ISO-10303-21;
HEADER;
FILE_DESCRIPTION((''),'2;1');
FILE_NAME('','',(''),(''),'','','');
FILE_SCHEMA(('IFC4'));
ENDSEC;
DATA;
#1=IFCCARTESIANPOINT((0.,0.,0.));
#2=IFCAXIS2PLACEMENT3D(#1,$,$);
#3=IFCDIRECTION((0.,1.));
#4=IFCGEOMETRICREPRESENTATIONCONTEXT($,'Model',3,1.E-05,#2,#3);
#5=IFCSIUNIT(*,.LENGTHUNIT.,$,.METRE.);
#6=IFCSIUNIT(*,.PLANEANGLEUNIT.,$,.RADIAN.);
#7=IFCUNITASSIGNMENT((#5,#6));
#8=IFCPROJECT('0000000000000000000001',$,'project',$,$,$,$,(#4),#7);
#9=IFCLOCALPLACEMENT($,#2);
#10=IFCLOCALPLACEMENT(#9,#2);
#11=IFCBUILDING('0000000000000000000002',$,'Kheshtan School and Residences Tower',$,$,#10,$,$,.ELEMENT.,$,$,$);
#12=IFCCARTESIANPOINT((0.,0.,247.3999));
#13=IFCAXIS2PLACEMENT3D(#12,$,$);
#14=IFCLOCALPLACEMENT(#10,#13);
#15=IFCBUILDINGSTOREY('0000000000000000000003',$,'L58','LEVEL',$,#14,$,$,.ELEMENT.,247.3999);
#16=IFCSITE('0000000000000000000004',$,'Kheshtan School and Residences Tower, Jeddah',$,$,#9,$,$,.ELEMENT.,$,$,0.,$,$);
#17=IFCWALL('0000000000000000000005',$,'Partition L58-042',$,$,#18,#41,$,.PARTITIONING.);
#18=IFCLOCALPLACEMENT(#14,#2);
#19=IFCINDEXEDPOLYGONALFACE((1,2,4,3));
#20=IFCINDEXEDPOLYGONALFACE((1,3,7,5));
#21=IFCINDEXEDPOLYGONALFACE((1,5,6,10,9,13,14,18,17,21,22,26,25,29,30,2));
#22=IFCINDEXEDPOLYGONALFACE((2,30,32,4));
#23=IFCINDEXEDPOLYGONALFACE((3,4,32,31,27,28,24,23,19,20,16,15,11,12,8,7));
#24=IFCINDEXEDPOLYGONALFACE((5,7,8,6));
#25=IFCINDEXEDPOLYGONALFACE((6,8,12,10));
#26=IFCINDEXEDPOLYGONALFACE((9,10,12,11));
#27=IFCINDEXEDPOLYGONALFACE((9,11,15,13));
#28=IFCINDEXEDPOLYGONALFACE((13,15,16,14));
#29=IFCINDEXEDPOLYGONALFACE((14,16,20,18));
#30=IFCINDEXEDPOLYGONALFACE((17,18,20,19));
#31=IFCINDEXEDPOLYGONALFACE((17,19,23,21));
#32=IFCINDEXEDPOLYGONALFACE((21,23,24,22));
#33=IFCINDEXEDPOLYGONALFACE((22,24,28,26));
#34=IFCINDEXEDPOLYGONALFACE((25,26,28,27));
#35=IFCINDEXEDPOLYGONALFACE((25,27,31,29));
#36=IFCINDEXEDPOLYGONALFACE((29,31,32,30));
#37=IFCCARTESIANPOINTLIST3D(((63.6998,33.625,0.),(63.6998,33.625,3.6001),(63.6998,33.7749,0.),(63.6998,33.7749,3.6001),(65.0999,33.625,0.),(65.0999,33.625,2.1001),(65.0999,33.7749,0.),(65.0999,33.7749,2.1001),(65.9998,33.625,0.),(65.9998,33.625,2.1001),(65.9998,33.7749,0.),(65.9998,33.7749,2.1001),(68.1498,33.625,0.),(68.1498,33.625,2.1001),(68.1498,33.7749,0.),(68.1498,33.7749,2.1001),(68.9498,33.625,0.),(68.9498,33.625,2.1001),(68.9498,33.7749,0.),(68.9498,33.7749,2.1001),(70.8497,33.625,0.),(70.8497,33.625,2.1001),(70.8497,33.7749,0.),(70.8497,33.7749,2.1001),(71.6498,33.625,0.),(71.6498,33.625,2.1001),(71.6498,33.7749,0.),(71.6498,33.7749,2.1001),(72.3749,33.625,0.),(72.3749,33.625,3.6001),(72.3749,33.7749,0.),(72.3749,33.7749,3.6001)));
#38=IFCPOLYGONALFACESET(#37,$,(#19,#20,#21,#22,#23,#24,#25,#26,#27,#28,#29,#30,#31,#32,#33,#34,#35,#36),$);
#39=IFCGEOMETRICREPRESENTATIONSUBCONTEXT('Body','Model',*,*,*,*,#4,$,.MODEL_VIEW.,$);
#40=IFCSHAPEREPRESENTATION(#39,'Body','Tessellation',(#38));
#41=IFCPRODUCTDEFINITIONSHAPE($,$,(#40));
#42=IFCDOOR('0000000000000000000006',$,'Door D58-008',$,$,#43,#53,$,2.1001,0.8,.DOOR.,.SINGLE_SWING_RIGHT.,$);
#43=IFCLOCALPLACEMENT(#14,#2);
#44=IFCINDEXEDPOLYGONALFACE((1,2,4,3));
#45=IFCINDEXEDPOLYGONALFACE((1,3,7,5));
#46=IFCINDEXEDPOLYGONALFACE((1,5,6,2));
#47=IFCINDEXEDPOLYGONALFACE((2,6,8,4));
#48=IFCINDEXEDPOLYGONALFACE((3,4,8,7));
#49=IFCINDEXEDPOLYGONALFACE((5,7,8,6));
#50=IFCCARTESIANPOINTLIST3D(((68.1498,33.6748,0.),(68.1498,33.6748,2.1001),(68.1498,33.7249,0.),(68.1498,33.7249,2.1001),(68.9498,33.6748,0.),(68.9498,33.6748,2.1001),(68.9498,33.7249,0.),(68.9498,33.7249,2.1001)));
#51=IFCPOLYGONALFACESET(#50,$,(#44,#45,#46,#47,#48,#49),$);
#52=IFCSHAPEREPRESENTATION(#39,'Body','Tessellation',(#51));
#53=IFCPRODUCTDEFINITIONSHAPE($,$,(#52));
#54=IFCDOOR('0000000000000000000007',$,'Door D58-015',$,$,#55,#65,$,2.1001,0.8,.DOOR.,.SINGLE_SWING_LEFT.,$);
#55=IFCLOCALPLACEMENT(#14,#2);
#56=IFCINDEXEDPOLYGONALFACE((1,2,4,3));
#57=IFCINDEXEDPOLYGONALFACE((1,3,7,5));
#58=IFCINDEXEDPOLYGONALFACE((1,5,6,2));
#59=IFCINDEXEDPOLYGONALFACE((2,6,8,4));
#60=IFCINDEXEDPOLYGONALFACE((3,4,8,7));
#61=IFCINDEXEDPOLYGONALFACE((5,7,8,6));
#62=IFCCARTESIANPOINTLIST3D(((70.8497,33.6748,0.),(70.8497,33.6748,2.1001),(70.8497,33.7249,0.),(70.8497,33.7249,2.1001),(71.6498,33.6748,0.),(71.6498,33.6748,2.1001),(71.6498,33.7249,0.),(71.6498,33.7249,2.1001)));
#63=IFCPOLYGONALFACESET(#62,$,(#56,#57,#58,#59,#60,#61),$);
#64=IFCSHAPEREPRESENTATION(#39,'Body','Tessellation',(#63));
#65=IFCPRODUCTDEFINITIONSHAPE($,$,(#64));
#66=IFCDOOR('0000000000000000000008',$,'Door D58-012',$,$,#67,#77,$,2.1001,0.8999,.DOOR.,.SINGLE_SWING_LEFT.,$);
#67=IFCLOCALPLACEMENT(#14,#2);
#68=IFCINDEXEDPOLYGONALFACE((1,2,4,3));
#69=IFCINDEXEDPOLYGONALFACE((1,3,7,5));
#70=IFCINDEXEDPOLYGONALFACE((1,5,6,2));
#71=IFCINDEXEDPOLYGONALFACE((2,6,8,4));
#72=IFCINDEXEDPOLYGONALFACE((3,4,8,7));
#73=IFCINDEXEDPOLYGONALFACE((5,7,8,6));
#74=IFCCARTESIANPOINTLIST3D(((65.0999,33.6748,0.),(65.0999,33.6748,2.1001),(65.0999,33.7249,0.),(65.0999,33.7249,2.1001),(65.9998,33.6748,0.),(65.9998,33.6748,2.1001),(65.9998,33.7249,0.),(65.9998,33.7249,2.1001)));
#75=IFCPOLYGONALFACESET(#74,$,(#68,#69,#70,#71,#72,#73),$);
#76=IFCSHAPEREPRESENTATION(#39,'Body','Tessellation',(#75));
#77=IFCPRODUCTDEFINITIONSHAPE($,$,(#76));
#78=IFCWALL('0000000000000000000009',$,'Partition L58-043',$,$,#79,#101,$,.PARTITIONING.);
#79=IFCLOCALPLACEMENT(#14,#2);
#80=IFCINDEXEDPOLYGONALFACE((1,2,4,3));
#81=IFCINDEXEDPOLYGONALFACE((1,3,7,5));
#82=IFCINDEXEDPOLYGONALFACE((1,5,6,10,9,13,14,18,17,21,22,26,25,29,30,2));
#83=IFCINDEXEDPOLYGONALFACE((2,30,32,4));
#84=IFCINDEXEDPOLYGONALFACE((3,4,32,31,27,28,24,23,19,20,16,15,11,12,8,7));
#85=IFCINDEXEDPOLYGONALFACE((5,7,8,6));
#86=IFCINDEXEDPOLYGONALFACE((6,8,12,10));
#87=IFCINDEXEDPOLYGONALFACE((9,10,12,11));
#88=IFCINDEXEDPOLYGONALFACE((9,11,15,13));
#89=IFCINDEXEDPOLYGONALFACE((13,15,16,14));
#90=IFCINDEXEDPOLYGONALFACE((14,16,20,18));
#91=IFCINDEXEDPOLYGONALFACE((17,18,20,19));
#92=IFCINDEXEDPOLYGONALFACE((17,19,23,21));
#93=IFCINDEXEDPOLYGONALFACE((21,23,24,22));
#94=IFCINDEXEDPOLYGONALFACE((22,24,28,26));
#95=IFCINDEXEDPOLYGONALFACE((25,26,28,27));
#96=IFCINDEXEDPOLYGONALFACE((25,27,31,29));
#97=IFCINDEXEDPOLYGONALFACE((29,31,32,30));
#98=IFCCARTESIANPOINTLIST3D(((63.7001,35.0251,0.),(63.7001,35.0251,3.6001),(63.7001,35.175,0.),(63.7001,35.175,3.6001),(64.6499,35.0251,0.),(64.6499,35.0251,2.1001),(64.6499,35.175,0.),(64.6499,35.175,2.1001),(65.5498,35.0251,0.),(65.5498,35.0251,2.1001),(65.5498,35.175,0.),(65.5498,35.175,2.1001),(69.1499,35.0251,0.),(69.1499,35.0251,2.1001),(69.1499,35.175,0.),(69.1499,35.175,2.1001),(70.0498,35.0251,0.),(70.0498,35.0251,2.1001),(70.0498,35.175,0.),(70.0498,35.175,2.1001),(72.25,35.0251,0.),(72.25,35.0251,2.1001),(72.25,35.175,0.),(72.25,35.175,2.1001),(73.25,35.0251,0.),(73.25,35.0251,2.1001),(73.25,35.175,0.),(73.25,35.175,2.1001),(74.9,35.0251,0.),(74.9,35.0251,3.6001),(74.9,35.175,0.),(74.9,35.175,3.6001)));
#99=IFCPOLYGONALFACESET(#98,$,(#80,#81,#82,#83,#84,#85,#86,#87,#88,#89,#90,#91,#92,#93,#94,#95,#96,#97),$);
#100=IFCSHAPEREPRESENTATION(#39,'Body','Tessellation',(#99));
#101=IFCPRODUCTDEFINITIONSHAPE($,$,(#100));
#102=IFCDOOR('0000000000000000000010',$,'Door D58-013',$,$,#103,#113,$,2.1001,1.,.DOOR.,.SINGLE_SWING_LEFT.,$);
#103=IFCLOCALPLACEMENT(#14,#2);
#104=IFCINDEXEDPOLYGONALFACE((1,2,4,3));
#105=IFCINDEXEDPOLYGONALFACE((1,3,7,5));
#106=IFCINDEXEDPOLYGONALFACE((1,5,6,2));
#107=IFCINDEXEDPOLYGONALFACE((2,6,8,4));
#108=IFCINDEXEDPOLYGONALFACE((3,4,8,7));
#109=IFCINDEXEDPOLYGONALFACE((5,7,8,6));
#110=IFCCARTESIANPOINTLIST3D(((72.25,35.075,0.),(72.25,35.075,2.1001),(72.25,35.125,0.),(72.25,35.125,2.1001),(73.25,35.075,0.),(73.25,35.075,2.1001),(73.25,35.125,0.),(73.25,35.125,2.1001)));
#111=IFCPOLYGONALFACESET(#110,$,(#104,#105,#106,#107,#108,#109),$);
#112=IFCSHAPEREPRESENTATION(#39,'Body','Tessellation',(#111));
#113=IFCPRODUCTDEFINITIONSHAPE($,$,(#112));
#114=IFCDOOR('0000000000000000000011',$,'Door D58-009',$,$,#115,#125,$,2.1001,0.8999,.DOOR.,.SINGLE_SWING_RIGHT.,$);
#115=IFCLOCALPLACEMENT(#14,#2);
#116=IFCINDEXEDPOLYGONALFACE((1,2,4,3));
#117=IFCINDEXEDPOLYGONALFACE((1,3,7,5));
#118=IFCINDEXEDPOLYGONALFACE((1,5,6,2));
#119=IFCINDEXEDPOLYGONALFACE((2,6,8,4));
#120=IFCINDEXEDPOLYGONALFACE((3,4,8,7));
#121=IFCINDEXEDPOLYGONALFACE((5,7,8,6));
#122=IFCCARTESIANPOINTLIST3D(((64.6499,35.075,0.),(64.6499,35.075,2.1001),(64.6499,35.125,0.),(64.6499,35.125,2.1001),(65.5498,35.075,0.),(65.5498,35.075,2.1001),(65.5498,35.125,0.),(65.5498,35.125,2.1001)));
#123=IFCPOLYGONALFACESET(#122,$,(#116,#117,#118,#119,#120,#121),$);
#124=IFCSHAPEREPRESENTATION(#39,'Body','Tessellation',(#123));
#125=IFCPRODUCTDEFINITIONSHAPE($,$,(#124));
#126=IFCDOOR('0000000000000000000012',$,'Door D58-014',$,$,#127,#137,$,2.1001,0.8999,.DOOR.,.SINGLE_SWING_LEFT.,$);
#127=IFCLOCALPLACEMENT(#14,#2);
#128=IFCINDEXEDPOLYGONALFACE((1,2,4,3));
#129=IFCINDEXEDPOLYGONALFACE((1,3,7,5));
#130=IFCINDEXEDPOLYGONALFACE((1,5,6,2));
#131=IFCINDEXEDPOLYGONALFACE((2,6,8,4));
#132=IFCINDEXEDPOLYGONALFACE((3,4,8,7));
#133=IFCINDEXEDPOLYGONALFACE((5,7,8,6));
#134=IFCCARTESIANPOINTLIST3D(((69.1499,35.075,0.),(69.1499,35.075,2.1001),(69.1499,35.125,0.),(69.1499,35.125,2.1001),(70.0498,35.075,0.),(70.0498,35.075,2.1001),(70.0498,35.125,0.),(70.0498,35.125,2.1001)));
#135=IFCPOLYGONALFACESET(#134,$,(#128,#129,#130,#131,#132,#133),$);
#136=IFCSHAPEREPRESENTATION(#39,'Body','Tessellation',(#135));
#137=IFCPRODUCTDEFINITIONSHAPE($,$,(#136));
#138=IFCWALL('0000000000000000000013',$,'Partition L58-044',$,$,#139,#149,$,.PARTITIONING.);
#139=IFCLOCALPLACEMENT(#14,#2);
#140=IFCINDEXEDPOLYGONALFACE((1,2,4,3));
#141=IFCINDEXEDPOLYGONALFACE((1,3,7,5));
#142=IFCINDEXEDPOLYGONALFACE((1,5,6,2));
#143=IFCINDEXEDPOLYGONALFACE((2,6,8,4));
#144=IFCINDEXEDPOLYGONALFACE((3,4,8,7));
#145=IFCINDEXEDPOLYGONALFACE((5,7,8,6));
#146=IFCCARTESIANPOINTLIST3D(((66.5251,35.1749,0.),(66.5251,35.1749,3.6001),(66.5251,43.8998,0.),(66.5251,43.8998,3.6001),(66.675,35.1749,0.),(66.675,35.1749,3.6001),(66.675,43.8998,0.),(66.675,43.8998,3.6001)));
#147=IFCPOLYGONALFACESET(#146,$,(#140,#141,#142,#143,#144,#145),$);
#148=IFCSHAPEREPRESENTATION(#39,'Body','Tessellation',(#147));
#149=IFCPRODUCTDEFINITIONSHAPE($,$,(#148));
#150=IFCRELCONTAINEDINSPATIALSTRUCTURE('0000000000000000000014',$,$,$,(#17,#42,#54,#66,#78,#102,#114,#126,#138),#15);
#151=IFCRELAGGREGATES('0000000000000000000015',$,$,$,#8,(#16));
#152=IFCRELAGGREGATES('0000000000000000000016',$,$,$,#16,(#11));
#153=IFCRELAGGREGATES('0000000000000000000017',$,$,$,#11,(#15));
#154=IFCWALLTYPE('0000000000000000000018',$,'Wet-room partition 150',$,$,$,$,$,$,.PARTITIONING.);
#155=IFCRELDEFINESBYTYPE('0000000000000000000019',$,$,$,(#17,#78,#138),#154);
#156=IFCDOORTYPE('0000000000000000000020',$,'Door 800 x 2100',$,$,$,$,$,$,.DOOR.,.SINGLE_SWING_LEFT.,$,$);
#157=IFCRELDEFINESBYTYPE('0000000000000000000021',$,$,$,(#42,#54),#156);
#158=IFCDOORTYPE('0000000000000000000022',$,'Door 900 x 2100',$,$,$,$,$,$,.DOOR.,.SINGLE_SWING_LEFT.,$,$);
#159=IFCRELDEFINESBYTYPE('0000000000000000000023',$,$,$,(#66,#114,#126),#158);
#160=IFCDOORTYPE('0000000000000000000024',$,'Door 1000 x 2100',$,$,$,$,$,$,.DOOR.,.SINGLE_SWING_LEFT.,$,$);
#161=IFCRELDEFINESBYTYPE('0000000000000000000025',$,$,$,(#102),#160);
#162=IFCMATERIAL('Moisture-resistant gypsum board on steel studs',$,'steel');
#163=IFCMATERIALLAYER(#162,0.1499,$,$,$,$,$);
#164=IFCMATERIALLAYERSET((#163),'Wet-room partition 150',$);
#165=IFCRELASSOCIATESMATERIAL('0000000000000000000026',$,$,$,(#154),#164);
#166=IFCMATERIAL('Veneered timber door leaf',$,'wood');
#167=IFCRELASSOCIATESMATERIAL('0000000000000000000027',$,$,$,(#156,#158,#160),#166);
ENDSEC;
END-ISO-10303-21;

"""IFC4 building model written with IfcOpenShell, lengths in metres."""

from ifc_helpers import new_model, si_unit, direction, frame, frame_2d, origin, place, context, subcontext, project, spatial, rectangle, extrude, source, transform, mapped, material, layer, layer_set, type_object, element, fill, save


model = new_model("IFC4")

# Units and contexts
model_context = context("Model", 3, precision=1e-05, world=origin(), true_north=direction((0.0, 1.0)))
body_context = subcontext(model_context, "Body", "Model", "MODEL_VIEW")
ifc_project = project(units=[si_unit("LENGTHUNIT", "METRE"), si_unit("PLANEANGLEUNIT", "RADIAN")], contexts=[model_context])

# Site, building, storey
site_placement = place(None, origin())
site = spatial("IfcSite", under=ifc_project, at=site_placement, Name="Kheshtan School and Residences Tower, Jeddah", CompositionType="ELEMENT", RefElevation=0.0)
building_placement = place(site_placement, origin())
building = spatial("IfcBuilding", under=site, at=building_placement, Name="Kheshtan School and Residences Tower", CompositionType="ELEMENT")
storey_placement = place(building_placement, frame((0.0, 0.0, 247.3999)))
storey = spatial("IfcBuildingStorey", under=building, at=storey_placement, Name="L58", Description="LEVEL", CompositionType="ELEMENT", Elevation=247.3999)

# Walls, openings, doors
ifc_material_1 = material(Name="Moisture-resistant gypsum board on steel studs", Category="steel")
ifc_layer_1 = layer(ifc_material_1, 0.1499)
ifc_layer_set_1 = layer_set([ifc_layer_1], Name="Wet-room partition 150")
wall_type_1 = type_object("IfcWallType", Name="Wet-room partition 150", PredefinedType="PARTITIONING", material=ifc_layer_set_1)
wall_1_placement = place(storey_placement, frame((63.7, 33.7, 0.0), z_axis=(0.0, 0.0, 1.0), x_axis=(1.0, 0.0, 0.0)))
wall_1 = element("IfcWall", 1, at=wall_1_placement, inside=storey, type_object=wall_type_1, Name="Partition L58-042", PredefinedType="PARTITIONING", context=body_context, shape_type="SweptSolid", body=[
    extrude(rectangle(XDim=8.675, YDim=0.1499, at=frame_2d((4.3374, 0.0))), origin(), (0.0, 0.0, 1.0), 3.6001),
])
opening_1_placement = place(wall_1_placement, frame((4.45, 0.0, 0.0)))
opening_1 = element("IfcOpeningElement", 2, at=opening_1_placement, cuts=wall_1, PredefinedType="OPENING", context=body_context, shape_type="SweptSolid", body=[
    extrude(rectangle(XDim=0.8, YDim=2.1001, at=frame_2d((0.3999, 1.05))), frame((0.0, 0.085, 0.0), z_axis=(0.0, -1.0, 0.0), x_axis=(1.0, 0.0, 0.0)), (0.0, 0.0, 1.0), 0.1699),
])
opening_2_placement = place(wall_1_placement, frame((1.3999, 0.0, 0.0)))
opening_2 = element("IfcOpeningElement", 3, at=opening_2_placement, cuts=wall_1, PredefinedType="OPENING", context=body_context, shape_type="SweptSolid", body=[
    extrude(rectangle(XDim=0.8999, YDim=2.1001, at=frame_2d((0.45, 1.05))), frame((0.0, 0.085, 0.0), z_axis=(0.0, -1.0, 0.0), x_axis=(1.0, 0.0, 0.0)), (0.0, 0.0, 1.0), 0.1699),
])
opening_3_placement = place(wall_1_placement, frame((7.1499, 0.0, 0.0)))
opening_3 = element("IfcOpeningElement", 4, at=opening_3_placement, cuts=wall_1, PredefinedType="OPENING", context=body_context, shape_type="SweptSolid", body=[
    extrude(rectangle(XDim=0.8, YDim=2.1001, at=frame_2d((0.3999, 1.05))), frame((0.0, 0.085, 0.0), z_axis=(0.0, -1.0, 0.0), x_axis=(1.0, 0.0, 0.0)), (0.0, 0.0, 1.0), 0.1699),
])
ifc_material_2 = material(Name="Veneered timber door leaf", Category="wood")
door_type_1 = type_object("IfcDoorType", Name="Door 800 x 2100", OperationType="SINGLE_SWING_LEFT", PredefinedType="DOOR", material=ifc_material_2)
shared_shape_1 = source(origin(), body_context, "Body", "SweptSolid", [
    extrude(rectangle(XDim=0.8, YDim=2.1001, at=frame_2d((0.3999, 1.05))), frame((0.0, 0.0249, 0.0), z_axis=(0.0, -1.0, 0.0), x_axis=(1.0, 0.0, 0.0)), (0.0, 0.0, 1.0), 0.05),
])
door_1_placement = place(opening_1_placement, origin())
door_1 = element("IfcDoor", 5, at=door_1_placement, inside=storey, type_object=door_type_1, Name="Door D58-008", OperationType="SINGLE_SWING_RIGHT", OverallHeight=2.1001, OverallWidth=0.8, PredefinedType="DOOR", context=body_context, shape_type="MappedRepresentation", body=[
    mapped(shared_shape_1, transform((0.0, 0.0, 0.0), x_axis=(1.0, 0.0, 0.0), y_axis=(0.0, 1.0, 0.0), z_axis=(0.0, 0.0, 1.0), scale=1.0)),
])
fill(opening_1, door_1)
door_2_placement = place(opening_3_placement, origin())
door_2 = element("IfcDoor", 6, at=door_2_placement, inside=storey, type_object=door_type_1, Name="Door D58-015", OperationType="SINGLE_SWING_LEFT", OverallHeight=2.1001, OverallWidth=0.8, PredefinedType="DOOR", context=body_context, shape_type="MappedRepresentation", body=[
    mapped(shared_shape_1, transform((0.0, 0.0, 0.0), x_axis=(1.0, 0.0, 0.0), y_axis=(0.0, 1.0, 0.0), z_axis=(0.0, 0.0, 1.0), scale=1.0)),
])
fill(opening_3, door_2)
door_type_2 = type_object("IfcDoorType", Name="Door 900 x 2100", OperationType="SINGLE_SWING_LEFT", PredefinedType="DOOR", material=ifc_material_2)
shared_shape_2 = source(origin(), body_context, "Body", "SweptSolid", [
    extrude(rectangle(XDim=0.8999, YDim=2.1001, at=frame_2d((0.45, 1.05))), frame((0.0, 0.0249, 0.0), z_axis=(0.0, -1.0, 0.0), x_axis=(1.0, 0.0, 0.0)), (0.0, 0.0, 1.0), 0.05),
])
door_3_placement = place(opening_2_placement, origin())
door_3 = element("IfcDoor", 7, at=door_3_placement, inside=storey, type_object=door_type_2, Name="Door D58-012", OperationType="SINGLE_SWING_LEFT", OverallHeight=2.1001, OverallWidth=0.8999, PredefinedType="DOOR", context=body_context, shape_type="MappedRepresentation", body=[
    mapped(shared_shape_2, transform((0.0, 0.0, 0.0), x_axis=(1.0, 0.0, 0.0), y_axis=(0.0, 1.0, 0.0), z_axis=(0.0, 0.0, 1.0), scale=1.0)),
])
fill(opening_2, door_3)
wall_2_placement = place(storey_placement, frame((63.7, 35.1001, 0.0), z_axis=(0.0, 0.0, 1.0), x_axis=(1.0, 0.0, 0.0)))
wall_2 = element("IfcWall", 8, at=wall_2_placement, inside=storey, type_object=wall_type_1, Name="Partition L58-043", PredefinedType="PARTITIONING", context=body_context, shape_type="SweptSolid", body=[
    extrude(rectangle(XDim=11.2, YDim=0.1499, at=frame_2d((5.6001, 0.0))), origin(), (0.0, 0.0, 1.0), 3.6001),
])
opening_4_placement = place(wall_2_placement, frame((0.95, 0.0, 0.0)))
opening_4 = element("IfcOpeningElement", 9, at=opening_4_placement, cuts=wall_2, PredefinedType="OPENING", context=body_context, shape_type="SweptSolid", body=[
    extrude(rectangle(XDim=0.8999, YDim=2.1001, at=frame_2d((0.45, 1.05))), frame((0.0, 0.085, 0.0), z_axis=(0.0, -1.0, 0.0), x_axis=(1.0, 0.0, 0.0)), (0.0, 0.0, 1.0), 0.1699),
])
opening_5_placement = place(wall_2_placement, frame((8.55, 0.0, 0.0)))
opening_5 = element("IfcOpeningElement", 10, at=opening_5_placement, cuts=wall_2, PredefinedType="OPENING", context=body_context, shape_type="SweptSolid", body=[
    extrude(rectangle(XDim=1.0, YDim=2.1001, at=frame_2d((0.5, 1.05))), frame((0.0, 0.085, 0.0), z_axis=(0.0, -1.0, 0.0), x_axis=(1.0, 0.0, 0.0)), (0.0, 0.0, 1.0), 0.1699),
])
opening_6_placement = place(wall_2_placement, frame((5.45, 0.0, 0.0)))
opening_6 = element("IfcOpeningElement", 11, at=opening_6_placement, cuts=wall_2, PredefinedType="OPENING", context=body_context, shape_type="SweptSolid", body=[
    extrude(rectangle(XDim=0.8999, YDim=2.1001, at=frame_2d((0.45, 1.05))), frame((0.0, 0.085, 0.0), z_axis=(0.0, -1.0, 0.0), x_axis=(1.0, 0.0, 0.0)), (0.0, 0.0, 1.0), 0.1699),
])
door_type_3 = type_object("IfcDoorType", Name="Door 1000 x 2100", OperationType="SINGLE_SWING_LEFT", PredefinedType="DOOR", material=ifc_material_2)
shared_shape_3 = source(origin(), body_context, "Body", "SweptSolid", [
    extrude(rectangle(XDim=1.0, YDim=2.1001, at=frame_2d((0.5, 1.05))), frame((0.0, 0.0249, 0.0), z_axis=(0.0, -1.0, 0.0), x_axis=(1.0, 0.0, 0.0)), (0.0, 0.0, 1.0), 0.05),
])
door_4_placement = place(opening_5_placement, origin())
door_4 = element("IfcDoor", 12, at=door_4_placement, inside=storey, type_object=door_type_3, Name="Door D58-013", OperationType="SINGLE_SWING_LEFT", OverallHeight=2.1001, OverallWidth=1.0, PredefinedType="DOOR", context=body_context, shape_type="MappedRepresentation", body=[
    mapped(shared_shape_3, transform((0.0, 0.0, 0.0), x_axis=(1.0, 0.0, 0.0), y_axis=(0.0, 1.0, 0.0), z_axis=(0.0, 0.0, 1.0), scale=1.0)),
])
fill(opening_5, door_4)
door_5_placement = place(opening_4_placement, origin())
door_5 = element("IfcDoor", 13, at=door_5_placement, inside=storey, type_object=door_type_2, Name="Door D58-009", OperationType="SINGLE_SWING_RIGHT", OverallHeight=2.1001, OverallWidth=0.8999, PredefinedType="DOOR", context=body_context, shape_type="MappedRepresentation", body=[
    mapped(shared_shape_2, transform((0.0, 0.0, 0.0), x_axis=(1.0, 0.0, 0.0), y_axis=(0.0, 1.0, 0.0), z_axis=(0.0, 0.0, 1.0), scale=1.0)),
])
fill(opening_4, door_5)
door_6_placement = place(opening_6_placement, origin())
door_6 = element("IfcDoor", 14, at=door_6_placement, inside=storey, type_object=door_type_2, Name="Door D58-014", OperationType="SINGLE_SWING_LEFT", OverallHeight=2.1001, OverallWidth=0.8999, PredefinedType="DOOR", context=body_context, shape_type="MappedRepresentation", body=[
    mapped(shared_shape_2, transform((0.0, 0.0, 0.0), x_axis=(1.0, 0.0, 0.0), y_axis=(0.0, 1.0, 0.0), z_axis=(0.0, 0.0, 1.0), scale=1.0)),
])
fill(opening_6, door_6)

# Wall
wall_3_placement = place(storey_placement, frame((66.6001, 35.175, 0.0), z_axis=(0.0, 0.0, 1.0), x_axis=(0.0, 1.0, 0.0)))
element("IfcWall", 15, at=wall_3_placement, inside=storey, type_object=wall_type_1, Name="Partition L58-044", PredefinedType="PARTITIONING", context=body_context, shape_type="SweptSolid", body=[
    extrude(rectangle(XDim=8.7249, YDim=0.1499, at=frame_2d((4.3623, 0.0))), origin(), (0.0, 0.0, 1.0), 3.6001),
])

save(model, "model.ifc")
